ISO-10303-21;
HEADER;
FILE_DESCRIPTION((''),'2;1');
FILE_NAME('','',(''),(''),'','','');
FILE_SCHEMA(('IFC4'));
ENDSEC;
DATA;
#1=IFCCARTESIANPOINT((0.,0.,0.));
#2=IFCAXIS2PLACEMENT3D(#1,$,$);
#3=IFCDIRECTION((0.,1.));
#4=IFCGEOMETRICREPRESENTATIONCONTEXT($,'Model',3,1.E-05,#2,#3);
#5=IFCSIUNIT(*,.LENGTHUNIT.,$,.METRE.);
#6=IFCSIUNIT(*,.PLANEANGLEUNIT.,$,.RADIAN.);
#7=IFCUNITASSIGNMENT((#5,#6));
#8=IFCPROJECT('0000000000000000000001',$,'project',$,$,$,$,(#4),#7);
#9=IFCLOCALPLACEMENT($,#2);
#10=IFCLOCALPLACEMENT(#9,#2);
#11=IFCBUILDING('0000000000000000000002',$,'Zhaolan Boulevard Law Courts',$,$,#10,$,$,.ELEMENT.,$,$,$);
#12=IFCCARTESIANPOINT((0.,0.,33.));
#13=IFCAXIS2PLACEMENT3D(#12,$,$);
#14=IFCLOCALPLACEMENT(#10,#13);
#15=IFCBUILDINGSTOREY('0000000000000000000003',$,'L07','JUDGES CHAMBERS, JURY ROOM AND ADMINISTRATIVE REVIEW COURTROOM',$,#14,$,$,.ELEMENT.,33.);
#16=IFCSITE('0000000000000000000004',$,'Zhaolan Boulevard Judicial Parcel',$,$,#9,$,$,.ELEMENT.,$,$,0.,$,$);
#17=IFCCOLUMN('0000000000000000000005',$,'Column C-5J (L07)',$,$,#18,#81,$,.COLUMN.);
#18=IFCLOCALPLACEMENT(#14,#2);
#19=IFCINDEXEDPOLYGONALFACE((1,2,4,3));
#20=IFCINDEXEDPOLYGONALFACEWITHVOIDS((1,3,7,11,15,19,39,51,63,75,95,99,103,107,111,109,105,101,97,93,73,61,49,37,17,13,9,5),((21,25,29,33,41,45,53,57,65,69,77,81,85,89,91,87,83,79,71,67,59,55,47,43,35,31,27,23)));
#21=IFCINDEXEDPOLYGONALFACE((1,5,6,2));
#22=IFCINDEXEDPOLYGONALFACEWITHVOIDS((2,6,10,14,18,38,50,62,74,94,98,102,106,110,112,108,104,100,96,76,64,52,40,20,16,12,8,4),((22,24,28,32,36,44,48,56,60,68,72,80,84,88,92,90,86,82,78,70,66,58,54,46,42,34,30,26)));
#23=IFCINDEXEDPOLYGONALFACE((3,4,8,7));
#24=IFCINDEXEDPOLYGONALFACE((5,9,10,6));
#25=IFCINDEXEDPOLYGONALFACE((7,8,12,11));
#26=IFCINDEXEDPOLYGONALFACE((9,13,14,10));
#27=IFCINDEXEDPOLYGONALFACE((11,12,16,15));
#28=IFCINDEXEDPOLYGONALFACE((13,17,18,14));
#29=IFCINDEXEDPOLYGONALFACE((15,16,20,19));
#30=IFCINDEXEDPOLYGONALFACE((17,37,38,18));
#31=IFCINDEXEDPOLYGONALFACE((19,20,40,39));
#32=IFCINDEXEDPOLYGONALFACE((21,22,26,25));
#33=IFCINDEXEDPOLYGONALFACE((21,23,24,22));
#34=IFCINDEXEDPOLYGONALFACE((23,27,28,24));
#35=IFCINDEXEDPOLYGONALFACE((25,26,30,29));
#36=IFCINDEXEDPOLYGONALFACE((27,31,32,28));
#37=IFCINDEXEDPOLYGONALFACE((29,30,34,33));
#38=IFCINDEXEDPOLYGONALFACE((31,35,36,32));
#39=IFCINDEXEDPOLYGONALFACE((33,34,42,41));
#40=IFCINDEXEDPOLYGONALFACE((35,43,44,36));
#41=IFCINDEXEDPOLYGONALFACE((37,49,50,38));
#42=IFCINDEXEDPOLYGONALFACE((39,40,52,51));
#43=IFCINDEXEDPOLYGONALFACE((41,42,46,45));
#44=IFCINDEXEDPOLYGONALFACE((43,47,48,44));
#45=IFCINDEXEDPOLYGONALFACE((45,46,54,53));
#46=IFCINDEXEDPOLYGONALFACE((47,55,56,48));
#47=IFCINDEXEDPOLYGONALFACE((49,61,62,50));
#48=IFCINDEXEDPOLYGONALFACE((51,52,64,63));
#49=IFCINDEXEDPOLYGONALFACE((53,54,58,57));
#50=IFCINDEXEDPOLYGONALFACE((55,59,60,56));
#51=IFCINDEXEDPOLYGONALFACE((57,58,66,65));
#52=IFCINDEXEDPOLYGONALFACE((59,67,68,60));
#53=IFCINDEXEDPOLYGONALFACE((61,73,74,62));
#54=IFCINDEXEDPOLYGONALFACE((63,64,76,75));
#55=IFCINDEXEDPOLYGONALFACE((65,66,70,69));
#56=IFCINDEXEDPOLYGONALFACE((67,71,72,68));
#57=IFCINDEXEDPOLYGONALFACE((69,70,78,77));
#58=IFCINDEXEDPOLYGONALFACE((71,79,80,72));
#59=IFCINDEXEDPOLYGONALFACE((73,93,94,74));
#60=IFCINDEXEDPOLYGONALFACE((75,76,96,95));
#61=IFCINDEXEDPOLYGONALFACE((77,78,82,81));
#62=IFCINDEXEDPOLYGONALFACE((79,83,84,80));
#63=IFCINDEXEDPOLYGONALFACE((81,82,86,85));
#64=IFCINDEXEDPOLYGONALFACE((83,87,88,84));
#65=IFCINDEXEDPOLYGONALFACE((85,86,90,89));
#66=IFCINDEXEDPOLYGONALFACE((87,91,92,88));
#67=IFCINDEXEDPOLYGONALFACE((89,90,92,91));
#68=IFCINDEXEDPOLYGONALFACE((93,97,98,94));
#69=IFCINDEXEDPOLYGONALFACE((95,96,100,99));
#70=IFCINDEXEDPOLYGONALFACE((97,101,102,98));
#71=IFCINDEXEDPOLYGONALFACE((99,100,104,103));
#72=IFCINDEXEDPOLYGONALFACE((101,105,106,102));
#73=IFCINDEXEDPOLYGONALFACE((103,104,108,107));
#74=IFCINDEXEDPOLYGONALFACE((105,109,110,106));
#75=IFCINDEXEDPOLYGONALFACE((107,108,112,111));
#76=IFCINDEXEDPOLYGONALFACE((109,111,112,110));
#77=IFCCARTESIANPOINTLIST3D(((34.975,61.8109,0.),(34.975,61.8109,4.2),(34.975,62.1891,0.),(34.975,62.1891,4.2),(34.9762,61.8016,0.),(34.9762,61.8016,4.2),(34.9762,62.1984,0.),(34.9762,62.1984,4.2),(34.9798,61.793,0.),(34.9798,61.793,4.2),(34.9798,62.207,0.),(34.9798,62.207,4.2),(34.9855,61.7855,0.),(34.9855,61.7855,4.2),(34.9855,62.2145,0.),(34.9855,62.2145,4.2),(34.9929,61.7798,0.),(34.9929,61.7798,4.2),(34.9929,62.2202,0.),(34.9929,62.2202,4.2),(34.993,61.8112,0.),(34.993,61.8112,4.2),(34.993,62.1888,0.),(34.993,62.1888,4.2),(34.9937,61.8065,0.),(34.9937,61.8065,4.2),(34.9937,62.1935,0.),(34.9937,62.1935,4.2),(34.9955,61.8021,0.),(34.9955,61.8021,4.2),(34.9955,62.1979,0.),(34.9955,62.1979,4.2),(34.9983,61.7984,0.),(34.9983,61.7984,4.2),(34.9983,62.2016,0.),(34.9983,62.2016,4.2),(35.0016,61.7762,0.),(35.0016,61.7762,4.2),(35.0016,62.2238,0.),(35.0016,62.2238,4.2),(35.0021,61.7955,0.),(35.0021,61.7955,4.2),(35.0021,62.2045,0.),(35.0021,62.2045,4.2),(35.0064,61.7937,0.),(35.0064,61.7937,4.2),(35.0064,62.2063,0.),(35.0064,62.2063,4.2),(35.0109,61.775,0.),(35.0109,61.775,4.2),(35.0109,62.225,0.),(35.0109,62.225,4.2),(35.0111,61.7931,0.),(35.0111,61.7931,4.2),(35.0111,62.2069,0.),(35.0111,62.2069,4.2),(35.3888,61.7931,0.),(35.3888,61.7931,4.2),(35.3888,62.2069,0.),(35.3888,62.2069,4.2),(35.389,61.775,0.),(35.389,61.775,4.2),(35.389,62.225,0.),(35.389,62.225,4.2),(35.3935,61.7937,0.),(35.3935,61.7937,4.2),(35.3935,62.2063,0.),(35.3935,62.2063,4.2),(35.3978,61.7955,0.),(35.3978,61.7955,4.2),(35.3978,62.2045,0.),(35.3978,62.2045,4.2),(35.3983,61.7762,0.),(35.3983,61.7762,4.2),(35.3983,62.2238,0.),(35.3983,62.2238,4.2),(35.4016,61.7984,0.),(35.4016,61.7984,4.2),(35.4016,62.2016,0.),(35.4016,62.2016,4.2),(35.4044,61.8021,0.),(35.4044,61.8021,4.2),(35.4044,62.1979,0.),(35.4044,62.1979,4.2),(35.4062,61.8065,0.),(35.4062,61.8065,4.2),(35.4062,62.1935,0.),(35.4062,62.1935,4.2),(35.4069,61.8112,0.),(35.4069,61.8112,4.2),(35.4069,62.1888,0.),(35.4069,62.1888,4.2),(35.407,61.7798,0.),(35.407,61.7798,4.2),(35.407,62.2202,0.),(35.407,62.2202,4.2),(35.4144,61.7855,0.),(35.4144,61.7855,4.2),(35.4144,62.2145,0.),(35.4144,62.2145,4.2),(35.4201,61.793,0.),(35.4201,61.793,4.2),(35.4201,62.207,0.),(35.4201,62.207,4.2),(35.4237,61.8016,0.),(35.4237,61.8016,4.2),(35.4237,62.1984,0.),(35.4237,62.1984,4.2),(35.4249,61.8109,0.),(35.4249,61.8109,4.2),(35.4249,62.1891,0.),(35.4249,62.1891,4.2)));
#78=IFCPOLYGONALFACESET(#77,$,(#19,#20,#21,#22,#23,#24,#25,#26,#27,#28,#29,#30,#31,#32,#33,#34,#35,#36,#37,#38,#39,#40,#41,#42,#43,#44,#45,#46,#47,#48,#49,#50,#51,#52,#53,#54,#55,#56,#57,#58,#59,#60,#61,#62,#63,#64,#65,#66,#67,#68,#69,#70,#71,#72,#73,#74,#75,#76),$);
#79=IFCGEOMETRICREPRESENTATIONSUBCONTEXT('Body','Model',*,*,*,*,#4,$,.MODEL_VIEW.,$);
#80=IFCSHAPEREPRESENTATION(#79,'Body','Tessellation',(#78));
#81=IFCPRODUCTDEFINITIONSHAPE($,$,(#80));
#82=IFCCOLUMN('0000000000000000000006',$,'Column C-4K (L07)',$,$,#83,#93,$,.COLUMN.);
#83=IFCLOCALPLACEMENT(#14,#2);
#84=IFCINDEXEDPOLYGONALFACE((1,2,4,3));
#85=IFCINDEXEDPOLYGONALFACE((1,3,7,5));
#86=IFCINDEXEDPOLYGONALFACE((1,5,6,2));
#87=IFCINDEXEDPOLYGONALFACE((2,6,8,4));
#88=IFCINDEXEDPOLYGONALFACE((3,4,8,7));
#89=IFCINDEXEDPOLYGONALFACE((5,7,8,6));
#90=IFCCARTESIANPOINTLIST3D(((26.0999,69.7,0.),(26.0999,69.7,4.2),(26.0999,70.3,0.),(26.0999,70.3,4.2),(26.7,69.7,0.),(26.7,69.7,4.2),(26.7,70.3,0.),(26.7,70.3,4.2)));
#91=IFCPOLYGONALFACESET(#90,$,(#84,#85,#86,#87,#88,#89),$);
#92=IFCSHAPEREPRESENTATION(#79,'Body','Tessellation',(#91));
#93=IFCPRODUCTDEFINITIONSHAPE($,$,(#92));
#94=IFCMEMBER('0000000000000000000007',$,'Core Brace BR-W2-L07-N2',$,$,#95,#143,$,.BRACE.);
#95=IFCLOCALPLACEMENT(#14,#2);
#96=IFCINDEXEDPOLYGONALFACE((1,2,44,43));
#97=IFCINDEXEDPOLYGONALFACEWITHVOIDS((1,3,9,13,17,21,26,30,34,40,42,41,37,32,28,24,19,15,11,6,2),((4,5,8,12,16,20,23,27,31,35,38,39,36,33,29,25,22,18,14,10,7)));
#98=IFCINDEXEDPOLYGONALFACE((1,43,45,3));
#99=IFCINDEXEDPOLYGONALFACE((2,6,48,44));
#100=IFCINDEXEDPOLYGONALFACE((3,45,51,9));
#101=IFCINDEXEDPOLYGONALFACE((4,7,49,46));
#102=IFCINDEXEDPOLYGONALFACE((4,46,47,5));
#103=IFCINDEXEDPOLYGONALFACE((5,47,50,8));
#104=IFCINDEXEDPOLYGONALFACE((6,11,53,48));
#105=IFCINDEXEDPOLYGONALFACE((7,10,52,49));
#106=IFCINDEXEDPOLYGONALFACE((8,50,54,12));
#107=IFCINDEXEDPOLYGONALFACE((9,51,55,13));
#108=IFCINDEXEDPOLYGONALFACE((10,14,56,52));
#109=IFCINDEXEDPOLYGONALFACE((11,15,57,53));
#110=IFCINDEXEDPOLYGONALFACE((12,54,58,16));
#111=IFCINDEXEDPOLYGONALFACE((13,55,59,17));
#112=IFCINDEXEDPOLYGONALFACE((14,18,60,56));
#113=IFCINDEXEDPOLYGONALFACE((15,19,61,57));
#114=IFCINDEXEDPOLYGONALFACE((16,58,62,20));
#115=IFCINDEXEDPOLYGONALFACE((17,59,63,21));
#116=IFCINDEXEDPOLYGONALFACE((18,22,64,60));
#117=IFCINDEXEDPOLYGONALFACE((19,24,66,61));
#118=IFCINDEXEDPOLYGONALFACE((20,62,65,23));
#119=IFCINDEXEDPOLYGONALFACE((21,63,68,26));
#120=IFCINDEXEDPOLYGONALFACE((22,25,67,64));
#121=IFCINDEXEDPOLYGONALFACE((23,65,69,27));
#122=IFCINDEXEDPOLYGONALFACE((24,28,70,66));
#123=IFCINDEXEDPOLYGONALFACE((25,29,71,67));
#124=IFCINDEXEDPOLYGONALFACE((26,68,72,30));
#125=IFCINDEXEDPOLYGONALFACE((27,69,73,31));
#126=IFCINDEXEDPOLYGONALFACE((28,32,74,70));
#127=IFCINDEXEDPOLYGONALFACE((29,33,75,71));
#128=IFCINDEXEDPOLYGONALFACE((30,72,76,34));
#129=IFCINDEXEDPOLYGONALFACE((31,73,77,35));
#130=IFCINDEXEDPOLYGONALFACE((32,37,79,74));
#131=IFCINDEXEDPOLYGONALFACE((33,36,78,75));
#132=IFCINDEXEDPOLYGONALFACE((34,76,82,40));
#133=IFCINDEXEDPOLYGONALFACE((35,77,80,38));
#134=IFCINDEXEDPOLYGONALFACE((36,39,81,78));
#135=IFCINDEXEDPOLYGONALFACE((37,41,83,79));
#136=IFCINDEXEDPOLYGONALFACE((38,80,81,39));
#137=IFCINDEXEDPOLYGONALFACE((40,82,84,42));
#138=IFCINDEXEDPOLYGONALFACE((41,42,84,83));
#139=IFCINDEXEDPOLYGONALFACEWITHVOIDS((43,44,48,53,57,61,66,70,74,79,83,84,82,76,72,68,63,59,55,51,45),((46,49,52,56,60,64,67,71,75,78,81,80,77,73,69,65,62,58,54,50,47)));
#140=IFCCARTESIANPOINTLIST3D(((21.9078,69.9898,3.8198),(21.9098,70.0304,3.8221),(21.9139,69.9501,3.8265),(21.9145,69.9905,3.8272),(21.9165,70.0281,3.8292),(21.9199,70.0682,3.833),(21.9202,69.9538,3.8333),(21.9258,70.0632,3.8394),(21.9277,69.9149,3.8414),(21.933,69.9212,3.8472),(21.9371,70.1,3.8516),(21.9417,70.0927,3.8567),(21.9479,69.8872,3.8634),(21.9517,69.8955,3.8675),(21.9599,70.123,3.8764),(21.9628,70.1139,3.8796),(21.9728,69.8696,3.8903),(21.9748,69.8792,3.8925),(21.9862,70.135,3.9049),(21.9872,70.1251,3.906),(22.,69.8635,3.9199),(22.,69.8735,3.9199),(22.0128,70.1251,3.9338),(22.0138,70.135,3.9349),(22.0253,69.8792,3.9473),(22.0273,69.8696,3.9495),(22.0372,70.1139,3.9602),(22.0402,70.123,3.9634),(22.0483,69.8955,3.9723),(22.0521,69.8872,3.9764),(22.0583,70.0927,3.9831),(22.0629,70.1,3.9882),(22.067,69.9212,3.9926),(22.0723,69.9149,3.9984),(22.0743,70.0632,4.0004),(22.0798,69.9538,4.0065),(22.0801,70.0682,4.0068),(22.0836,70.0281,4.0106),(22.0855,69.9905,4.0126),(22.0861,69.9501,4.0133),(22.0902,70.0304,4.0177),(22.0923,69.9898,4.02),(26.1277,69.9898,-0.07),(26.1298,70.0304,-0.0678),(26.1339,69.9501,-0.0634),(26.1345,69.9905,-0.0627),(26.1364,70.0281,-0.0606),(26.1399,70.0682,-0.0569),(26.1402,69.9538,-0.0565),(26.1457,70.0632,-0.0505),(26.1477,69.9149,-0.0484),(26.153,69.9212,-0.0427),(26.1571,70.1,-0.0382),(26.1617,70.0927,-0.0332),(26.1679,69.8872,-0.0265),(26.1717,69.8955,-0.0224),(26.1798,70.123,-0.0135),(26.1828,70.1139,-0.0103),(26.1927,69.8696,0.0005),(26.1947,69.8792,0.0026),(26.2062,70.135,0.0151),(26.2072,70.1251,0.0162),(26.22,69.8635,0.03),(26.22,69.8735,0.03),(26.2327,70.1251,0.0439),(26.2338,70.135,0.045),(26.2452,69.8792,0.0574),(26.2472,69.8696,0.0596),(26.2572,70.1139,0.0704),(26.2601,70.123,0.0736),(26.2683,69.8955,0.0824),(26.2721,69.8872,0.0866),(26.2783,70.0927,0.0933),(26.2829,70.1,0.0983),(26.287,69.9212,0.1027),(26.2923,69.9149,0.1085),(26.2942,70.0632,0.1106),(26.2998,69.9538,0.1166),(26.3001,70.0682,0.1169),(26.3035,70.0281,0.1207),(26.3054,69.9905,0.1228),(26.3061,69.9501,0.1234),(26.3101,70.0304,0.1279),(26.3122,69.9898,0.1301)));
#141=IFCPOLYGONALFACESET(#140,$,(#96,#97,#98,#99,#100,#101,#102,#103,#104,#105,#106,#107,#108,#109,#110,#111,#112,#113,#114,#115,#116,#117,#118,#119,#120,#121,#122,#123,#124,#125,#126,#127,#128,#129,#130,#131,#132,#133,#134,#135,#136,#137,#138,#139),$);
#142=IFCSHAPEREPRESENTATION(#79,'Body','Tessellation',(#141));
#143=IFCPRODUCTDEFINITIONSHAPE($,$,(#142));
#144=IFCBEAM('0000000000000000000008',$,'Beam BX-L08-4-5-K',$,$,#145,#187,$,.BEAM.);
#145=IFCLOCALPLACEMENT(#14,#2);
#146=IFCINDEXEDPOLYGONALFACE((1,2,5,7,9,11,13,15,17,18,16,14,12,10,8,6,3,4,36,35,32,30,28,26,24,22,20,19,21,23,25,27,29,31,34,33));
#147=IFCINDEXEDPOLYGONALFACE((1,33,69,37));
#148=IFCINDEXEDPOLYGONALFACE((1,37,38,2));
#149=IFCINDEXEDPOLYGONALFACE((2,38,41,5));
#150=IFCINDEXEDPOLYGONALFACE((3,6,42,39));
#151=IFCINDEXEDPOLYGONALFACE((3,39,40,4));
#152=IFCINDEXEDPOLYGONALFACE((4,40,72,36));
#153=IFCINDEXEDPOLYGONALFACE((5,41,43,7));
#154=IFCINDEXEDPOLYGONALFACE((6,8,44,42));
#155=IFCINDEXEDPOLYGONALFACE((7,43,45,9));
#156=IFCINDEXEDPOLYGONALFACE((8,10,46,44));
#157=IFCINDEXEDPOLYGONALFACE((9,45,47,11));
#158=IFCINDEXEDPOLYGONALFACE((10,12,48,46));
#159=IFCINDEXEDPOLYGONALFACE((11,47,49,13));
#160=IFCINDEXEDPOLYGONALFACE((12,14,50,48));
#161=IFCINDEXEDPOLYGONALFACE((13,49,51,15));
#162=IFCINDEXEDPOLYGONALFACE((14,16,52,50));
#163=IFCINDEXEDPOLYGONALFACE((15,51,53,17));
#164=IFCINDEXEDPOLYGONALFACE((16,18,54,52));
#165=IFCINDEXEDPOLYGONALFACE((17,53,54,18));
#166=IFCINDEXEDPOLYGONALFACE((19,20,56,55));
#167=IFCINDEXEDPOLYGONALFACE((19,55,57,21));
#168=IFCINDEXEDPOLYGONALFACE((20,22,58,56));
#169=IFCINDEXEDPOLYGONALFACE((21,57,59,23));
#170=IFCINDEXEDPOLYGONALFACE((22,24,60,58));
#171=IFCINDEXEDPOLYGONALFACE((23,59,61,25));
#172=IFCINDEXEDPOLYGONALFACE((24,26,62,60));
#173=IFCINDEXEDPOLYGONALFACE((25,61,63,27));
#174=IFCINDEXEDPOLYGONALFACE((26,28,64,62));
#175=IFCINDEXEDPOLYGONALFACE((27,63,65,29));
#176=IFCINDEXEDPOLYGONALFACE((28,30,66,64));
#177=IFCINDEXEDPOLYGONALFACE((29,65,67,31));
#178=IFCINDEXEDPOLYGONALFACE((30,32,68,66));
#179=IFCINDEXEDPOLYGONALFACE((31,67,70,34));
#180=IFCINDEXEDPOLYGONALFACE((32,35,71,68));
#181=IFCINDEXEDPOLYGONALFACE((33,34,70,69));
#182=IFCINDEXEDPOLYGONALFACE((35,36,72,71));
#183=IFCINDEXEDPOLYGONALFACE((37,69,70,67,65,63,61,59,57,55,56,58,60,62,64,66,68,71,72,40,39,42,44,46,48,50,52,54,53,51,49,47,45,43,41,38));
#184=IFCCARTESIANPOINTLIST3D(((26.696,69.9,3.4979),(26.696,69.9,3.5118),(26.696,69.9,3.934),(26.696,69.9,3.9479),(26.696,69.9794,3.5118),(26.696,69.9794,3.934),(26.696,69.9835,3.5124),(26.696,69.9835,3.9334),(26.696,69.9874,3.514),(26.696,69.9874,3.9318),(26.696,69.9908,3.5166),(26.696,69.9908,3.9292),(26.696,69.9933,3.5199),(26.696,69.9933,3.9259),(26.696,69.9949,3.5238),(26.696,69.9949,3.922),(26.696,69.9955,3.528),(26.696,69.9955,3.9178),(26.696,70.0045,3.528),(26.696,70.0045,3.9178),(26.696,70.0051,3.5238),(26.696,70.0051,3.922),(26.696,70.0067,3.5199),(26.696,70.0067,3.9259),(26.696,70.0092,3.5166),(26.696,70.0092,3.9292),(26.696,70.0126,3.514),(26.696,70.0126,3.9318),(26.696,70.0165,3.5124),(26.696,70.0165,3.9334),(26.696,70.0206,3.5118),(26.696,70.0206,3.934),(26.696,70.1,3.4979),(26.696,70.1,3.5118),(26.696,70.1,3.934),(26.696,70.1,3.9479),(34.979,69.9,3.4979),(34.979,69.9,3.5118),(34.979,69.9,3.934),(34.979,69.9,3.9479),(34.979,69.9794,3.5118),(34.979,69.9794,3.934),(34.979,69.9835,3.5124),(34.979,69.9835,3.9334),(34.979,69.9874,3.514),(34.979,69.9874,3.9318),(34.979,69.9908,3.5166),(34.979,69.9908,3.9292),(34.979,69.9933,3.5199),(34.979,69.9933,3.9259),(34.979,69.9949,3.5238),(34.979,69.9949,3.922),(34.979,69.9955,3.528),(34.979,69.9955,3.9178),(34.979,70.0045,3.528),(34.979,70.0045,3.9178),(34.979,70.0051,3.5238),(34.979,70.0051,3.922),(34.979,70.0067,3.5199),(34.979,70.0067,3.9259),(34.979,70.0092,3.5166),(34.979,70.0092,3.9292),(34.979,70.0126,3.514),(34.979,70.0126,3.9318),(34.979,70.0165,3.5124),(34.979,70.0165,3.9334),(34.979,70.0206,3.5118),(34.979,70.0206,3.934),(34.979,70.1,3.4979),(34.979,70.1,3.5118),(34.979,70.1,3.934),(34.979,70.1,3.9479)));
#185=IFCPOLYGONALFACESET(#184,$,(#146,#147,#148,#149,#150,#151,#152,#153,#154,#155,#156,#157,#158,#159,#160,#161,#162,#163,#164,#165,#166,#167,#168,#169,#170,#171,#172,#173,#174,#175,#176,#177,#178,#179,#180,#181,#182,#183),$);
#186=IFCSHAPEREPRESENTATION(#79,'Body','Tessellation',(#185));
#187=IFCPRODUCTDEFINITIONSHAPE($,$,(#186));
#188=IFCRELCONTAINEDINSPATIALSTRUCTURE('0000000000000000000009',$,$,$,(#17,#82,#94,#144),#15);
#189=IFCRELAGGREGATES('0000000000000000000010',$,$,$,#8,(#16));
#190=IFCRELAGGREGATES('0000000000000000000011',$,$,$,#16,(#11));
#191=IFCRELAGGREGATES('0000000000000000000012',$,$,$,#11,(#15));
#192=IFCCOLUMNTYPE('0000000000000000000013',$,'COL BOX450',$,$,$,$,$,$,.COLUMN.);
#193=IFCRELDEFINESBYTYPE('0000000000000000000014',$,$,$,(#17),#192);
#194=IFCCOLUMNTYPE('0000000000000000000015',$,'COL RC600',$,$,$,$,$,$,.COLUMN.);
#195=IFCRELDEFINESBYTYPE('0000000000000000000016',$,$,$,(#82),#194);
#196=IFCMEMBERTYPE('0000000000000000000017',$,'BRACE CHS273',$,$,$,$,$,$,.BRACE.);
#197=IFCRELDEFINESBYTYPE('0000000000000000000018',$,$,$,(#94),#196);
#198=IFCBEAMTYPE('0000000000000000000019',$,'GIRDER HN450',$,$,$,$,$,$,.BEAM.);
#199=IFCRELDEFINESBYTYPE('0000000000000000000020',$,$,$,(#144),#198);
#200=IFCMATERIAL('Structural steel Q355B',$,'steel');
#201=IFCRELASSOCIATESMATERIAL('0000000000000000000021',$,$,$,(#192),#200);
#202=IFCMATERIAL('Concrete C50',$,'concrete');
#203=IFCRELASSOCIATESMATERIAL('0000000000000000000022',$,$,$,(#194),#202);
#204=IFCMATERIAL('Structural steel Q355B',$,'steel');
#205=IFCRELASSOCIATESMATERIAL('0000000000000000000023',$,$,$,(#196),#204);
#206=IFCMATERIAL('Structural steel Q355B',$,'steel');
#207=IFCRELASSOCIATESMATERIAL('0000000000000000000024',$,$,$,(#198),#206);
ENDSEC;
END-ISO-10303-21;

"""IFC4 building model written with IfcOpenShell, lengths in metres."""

from ifc_helpers import new_model, si_unit, direction, frame, origin, origin_2d, place, context, subcontext, project, spatial, rectangle, hollow_rectangle, hollow_circle, i_section, extrude, material, material_profile, profile_set, type_object, element, save


model = new_model("IFC4")

# Units and contexts
model_context = context("Model", 3, precision=1e-05, world=origin(), true_north=direction((0.0, 1.0)))
body_context = subcontext(model_context, "Body", "Model", "MODEL_VIEW")
ifc_project = project(units=[si_unit("LENGTHUNIT", "METRE"), si_unit("PLANEANGLEUNIT", "RADIAN")], contexts=[model_context])

# Site, building, storey
site_placement = place(None, origin())
site = spatial("IfcSite", under=ifc_project, at=site_placement, Name="Zhaolan Boulevard Judicial Parcel", CompositionType="ELEMENT", RefElevation=0.0)
building_placement = place(site_placement, origin())
building = spatial("IfcBuilding", under=site, at=building_placement, Name="Zhaolan Boulevard Law Courts", CompositionType="ELEMENT")
storey_placement = place(building_placement, frame((0.0, 0.0, 33.0)))
storey = spatial("IfcBuildingStorey", under=building, at=storey_placement, Name="L07", Description="JUDGES CHAMBERS, JURY ROOM AND ADMINISTRATIVE REVIEW COURTROOM", CompositionType="ELEMENT", Elevation=33.0)

# Columns
ifc_material_1 = material(Name="Structural steel Q355B", Category="steel")
ifc_material_profile_1 = material_profile(ifc_material_1, hollow_rectangle(XDim=0.45, YDim=0.45, WallThickness=0.0181, InnerFilletRadius=0.0181, OuterFilletRadius=0.0359, at=origin_2d()), Name="BOX450x450x18")
ifc_profile_set_1 = profile_set([ifc_material_profile_1], Name="Structural steel Q355B")
column_type_1 = type_object("IfcColumnType", Name="COL BOX450", PredefinedType="COLUMN", material=ifc_profile_set_1)
column_1_placement = place(storey_placement, frame((35.2, 62.0, 0.0), z_axis=(0.0, 0.0, 1.0), x_axis=(1.0, 0.0, 0.0)))
element("IfcColumn", 1, at=column_1_placement, inside=storey, type_object=column_type_1, Name="Column C-5J (L07)", PredefinedType="COLUMN", context=body_context, shape_type="SweptSolid", body=[
    extrude(hollow_rectangle(XDim=0.45, YDim=0.45, WallThickness=0.0181, InnerFilletRadius=0.0181, OuterFilletRadius=0.0359, at=origin_2d()), origin(), (0.0, 0.0, 1.0), 4.2),
])
ifc_material_2 = material(Name="Concrete C50", Category="concrete")
ifc_material_profile_2 = material_profile(ifc_material_2, rectangle(XDim=0.6001, YDim=0.6001, at=origin_2d()), Name="RC600x600")
ifc_profile_set_2 = profile_set([ifc_material_profile_2], Name="Concrete C50")
column_type_2 = type_object("IfcColumnType", Name="COL RC600", PredefinedType="COLUMN", material=ifc_profile_set_2)
column_2_placement = place(storey_placement, frame((26.3999, 70.0, 0.0), z_axis=(0.0, 0.0, 1.0), x_axis=(1.0, 0.0, 0.0)))
element("IfcColumn", 2, at=column_2_placement, inside=storey, type_object=column_type_2, Name="Column C-4K (L07)", PredefinedType="COLUMN", context=body_context, shape_type="SweptSolid", body=[
    extrude(rectangle(XDim=0.6001, YDim=0.6001, at=origin_2d()), origin(), (0.0, 0.0, 1.0), 4.2),
])

# Member
ifc_material_3 = material(Name="Structural steel Q355B", Category="steel")
ifc_material_profile_3 = material_profile(ifc_material_3, hollow_circle(Radius=0.1365, WallThickness=0.01, at=origin_2d()), Name="CHS273x10")
ifc_profile_set_3 = profile_set([ifc_material_profile_3], Name="Structural steel Q355B")
member_type = type_object("IfcMemberType", Name="BRACE CHS273", PredefinedType="BRACE", material=ifc_profile_set_3)
member_placement = place(storey_placement, frame((26.22, 70.0, 0.03), z_axis=(-0.735278, 0.0, 0.677766), x_axis=(0.0, -1.0, 0.0)))
element("IfcMember", 3, at=member_placement, inside=storey, type_object=member_type, Name="Core Brace BR-W2-L07-N2", PredefinedType="BRACE", context=body_context, shape_type="SweptSolid", body=[
    extrude(hollow_circle(Radius=0.1365, WallThickness=0.01, at=origin_2d()), origin(), (0.0, 0.0, 1.0), 5.7393),
])

# Beam
ifc_material_4 = material(Name="Structural steel Q355B", Category="steel")
ifc_material_profile_4 = material_profile(ifc_material_4, i_section(OverallWidth=0.2, OverallDepth=0.45, WebThickness=0.009, FlangeThickness=0.0139, FilletRadius=0.0161, at=origin_2d()), Name="HN450x200")
ifc_profile_set_4 = profile_set([ifc_material_profile_4], Name="Structural steel Q355B")
beam_type_1 = type_object("IfcBeamType", Name="GIRDER HN450", PredefinedType="BEAM", material=ifc_profile_set_4)
beam_1_placement = place(storey_placement, frame((26.696, 70.0, 3.7229), z_axis=(1.0, 0.0, 0.0), x_axis=(0.0, 1.0, 0.0)))
element("IfcBeam", 4, at=beam_1_placement, inside=storey, type_object=beam_type_1, Name="Beam BX-L08-4-5-K", PredefinedType="BEAM", context=body_context, shape_type="SweptSolid", body=[
    extrude(i_section(OverallWidth=0.2, OverallDepth=0.45, WebThickness=0.009, FlangeThickness=0.0139, FilletRadius=0.0161, at=origin_2d()), origin(), (0.0, 0.0, 1.0), 8.283),
])

save(model, "model.ifc")
